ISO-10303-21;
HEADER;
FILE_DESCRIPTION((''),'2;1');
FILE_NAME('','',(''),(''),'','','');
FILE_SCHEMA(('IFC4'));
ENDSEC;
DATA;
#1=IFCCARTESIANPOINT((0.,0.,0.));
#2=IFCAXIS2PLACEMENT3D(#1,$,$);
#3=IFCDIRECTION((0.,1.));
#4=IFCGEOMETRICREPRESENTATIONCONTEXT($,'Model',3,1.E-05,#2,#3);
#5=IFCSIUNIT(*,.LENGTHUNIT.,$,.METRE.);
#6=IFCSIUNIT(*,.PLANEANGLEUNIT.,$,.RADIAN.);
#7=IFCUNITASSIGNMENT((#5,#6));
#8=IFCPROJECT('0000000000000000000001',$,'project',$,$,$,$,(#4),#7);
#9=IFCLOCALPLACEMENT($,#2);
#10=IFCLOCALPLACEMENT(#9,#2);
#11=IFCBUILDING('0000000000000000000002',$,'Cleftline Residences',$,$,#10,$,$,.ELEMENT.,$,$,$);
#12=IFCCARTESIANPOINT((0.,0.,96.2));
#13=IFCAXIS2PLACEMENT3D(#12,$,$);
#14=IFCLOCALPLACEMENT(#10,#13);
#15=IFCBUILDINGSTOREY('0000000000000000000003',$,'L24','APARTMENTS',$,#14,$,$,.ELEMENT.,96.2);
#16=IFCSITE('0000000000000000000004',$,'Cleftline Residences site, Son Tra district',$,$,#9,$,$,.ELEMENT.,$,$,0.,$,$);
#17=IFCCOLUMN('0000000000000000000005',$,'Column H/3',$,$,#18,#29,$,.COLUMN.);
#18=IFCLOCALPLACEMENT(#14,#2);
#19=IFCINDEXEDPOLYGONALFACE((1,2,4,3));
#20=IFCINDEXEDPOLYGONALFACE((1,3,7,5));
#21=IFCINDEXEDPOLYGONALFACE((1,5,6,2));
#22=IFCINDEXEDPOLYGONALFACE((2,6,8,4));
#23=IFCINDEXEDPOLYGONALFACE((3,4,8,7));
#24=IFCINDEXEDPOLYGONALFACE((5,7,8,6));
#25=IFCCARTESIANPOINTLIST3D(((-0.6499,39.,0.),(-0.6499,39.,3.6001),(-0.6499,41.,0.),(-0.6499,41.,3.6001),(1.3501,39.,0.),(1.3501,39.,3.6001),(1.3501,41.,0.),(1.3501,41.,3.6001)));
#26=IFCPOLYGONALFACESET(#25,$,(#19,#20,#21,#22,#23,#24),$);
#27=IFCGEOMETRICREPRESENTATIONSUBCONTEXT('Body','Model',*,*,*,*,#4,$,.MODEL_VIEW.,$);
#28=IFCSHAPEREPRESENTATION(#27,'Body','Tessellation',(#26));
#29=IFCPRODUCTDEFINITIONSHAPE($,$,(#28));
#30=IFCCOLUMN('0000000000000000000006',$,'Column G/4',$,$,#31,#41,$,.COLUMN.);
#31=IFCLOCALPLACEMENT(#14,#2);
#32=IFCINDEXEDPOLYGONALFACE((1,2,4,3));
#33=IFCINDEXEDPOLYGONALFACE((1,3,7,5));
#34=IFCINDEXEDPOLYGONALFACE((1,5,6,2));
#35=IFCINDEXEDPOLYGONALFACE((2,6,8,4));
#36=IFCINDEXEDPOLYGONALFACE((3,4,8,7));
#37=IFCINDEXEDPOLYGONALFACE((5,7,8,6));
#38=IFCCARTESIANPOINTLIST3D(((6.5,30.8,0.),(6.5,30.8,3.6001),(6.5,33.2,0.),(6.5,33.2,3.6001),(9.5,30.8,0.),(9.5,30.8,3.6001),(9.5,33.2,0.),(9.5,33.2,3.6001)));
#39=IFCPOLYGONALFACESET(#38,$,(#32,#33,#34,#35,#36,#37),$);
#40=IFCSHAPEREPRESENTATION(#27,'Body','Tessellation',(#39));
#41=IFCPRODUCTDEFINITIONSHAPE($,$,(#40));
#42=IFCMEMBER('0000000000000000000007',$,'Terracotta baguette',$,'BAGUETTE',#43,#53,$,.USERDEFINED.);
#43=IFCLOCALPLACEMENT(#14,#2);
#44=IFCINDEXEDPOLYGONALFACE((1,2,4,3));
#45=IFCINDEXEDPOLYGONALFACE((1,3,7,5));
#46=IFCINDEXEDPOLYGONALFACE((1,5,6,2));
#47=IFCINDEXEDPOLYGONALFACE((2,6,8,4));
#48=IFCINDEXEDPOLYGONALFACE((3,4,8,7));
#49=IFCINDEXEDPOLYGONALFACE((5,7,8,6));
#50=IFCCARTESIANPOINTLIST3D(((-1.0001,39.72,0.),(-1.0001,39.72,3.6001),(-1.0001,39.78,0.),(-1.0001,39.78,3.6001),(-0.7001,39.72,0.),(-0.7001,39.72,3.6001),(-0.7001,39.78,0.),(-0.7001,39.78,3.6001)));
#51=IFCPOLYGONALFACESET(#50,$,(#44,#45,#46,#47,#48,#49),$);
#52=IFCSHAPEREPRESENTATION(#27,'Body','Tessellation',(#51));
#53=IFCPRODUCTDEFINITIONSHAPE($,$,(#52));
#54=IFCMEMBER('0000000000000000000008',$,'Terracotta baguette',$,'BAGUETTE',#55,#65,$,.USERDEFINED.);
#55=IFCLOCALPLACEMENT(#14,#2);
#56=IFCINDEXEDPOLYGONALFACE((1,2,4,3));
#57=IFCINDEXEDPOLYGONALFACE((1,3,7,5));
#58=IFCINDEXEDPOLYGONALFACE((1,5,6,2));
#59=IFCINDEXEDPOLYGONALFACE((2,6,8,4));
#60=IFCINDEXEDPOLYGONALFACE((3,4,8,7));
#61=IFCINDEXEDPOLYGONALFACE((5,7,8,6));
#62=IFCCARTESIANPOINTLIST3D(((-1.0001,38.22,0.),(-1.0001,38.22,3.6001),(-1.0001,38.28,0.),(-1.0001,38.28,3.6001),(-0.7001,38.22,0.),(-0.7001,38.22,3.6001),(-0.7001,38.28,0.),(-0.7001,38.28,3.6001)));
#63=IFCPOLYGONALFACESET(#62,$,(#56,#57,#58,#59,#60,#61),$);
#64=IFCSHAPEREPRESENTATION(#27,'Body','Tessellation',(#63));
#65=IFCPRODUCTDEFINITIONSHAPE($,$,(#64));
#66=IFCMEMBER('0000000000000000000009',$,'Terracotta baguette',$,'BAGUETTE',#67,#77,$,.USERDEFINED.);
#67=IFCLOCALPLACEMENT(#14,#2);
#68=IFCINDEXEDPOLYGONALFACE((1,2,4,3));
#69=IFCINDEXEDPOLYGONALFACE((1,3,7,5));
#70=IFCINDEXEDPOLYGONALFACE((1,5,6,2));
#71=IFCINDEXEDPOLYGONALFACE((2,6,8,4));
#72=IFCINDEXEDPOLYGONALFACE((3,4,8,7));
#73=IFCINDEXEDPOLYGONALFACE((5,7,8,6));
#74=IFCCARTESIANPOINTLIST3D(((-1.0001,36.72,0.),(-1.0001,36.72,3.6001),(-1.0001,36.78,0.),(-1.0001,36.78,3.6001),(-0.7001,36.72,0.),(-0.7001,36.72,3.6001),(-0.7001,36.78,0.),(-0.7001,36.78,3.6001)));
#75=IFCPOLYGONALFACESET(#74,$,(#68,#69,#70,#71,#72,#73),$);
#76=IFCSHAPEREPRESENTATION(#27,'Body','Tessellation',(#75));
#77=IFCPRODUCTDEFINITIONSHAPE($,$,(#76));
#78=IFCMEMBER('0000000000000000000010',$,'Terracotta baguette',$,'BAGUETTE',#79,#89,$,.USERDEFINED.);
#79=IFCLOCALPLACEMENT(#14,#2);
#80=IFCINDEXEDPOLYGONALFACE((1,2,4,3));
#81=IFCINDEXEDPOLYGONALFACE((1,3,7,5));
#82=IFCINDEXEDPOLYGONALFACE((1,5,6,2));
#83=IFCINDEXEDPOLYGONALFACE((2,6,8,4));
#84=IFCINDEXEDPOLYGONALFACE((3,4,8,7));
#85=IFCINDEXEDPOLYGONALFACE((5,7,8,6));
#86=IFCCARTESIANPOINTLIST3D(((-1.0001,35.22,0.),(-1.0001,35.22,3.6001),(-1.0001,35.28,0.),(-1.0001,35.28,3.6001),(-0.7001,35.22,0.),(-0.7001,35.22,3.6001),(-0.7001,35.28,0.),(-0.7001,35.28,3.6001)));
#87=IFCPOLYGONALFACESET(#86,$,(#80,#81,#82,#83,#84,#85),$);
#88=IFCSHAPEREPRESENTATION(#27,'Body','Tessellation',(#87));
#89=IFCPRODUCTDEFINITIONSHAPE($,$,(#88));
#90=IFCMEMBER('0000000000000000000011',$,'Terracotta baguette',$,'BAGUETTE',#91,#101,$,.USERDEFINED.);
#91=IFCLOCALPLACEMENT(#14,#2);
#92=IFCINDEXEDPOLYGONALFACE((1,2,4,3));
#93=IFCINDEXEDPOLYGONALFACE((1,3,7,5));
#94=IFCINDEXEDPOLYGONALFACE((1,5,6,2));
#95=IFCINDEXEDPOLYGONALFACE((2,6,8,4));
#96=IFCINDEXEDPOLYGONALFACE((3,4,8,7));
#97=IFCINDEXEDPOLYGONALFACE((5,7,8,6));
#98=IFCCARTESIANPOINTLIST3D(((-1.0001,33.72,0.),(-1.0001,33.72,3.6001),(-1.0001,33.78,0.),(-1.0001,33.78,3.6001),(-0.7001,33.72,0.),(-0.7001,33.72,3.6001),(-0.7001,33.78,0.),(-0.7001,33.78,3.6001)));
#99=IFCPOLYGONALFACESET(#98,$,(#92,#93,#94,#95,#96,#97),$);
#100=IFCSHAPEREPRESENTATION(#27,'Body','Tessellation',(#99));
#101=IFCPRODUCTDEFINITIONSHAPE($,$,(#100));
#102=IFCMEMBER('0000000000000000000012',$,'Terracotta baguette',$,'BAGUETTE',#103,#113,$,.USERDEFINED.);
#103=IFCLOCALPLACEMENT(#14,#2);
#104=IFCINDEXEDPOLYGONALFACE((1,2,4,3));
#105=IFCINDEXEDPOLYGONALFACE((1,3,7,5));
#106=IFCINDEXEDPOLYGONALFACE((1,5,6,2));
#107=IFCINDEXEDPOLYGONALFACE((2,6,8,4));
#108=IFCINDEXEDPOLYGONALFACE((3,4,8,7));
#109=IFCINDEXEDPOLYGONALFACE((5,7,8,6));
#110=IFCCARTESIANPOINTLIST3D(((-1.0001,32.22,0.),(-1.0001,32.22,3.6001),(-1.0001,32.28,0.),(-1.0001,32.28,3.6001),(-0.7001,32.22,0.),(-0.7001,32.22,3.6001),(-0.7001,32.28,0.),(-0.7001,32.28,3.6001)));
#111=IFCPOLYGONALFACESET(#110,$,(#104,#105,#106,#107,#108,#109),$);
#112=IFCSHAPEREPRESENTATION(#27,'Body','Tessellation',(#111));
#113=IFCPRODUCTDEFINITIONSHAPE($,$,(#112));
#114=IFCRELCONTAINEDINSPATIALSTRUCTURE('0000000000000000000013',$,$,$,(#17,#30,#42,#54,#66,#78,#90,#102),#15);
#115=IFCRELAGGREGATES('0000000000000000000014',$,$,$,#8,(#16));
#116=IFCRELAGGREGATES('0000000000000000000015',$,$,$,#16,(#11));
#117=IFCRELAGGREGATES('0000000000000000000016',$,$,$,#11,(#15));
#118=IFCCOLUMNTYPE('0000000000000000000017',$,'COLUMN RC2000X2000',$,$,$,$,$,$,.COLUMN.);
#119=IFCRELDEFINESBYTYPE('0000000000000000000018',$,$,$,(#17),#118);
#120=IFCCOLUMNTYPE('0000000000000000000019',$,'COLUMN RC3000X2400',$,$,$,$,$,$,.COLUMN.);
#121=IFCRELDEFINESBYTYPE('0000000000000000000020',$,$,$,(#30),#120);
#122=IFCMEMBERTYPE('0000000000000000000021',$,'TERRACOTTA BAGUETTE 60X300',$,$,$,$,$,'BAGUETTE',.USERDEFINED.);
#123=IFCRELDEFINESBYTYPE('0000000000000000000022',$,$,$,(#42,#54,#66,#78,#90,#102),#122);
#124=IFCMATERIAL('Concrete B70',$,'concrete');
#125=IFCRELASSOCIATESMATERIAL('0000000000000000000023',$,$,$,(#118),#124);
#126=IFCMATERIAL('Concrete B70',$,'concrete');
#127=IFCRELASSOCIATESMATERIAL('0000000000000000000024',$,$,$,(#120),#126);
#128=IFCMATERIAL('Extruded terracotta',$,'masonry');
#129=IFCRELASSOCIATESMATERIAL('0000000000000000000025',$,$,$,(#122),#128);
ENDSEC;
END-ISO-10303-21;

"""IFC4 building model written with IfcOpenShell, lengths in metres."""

from ifc_helpers import new_model, si_unit, direction, frame, origin, origin_2d, place, context, subcontext, project, spatial, rectangle, extrude, material, material_profile, profile_set, type_object, element, save


model = new_model("IFC4")

# Units and contexts
model_context = context("Model", 3, precision=1e-05, world=origin(), true_north=direction((0.0, 1.0)))
body_context = subcontext(model_context, "Body", "Model", "MODEL_VIEW")
ifc_project = project(units=[si_unit("LENGTHUNIT", "METRE"), si_unit("PLANEANGLEUNIT", "RADIAN")], contexts=[model_context])

# Site, building, storey
site_placement = place(None, origin())
site = spatial("IfcSite", under=ifc_project, at=site_placement, Name="Cleftline Residences site, Son Tra district", CompositionType="ELEMENT", RefElevation=0.0)
building_placement = place(site_placement, origin())
building = spatial("IfcBuilding", under=site, at=building_placement, Name="Cleftline Residences", CompositionType="ELEMENT")
storey_placement = place(building_placement, frame((0.0, 0.0, 96.2)))
storey = spatial("IfcBuildingStorey", under=building, at=storey_placement, Name="L24", Description="APARTMENTS", CompositionType="ELEMENT", Elevation=96.2)

# Columns
ifc_material_1 = material(Name="Concrete B70", Category="concrete")
ifc_material_profile_1 = material_profile(ifc_material_1, rectangle(XDim=2.0, YDim=2.0, at=origin_2d()))
ifc_profile_set_1 = profile_set([ifc_material_profile_1], Name="Concrete B70")
column_type_1 = type_object("IfcColumnType", Name="COLUMN RC2000X2000", PredefinedType="COLUMN", material=ifc_profile_set_1)
column_1_placement = place(storey_placement, frame((0.3501, 40.0, 0.0), z_axis=(0.0, 0.0, 1.0), x_axis=(1.0, 0.0, 0.0)))
element("IfcColumn", 1, at=column_1_placement, inside=storey, type_object=column_type_1, Name="Column H/3", PredefinedType="COLUMN", context=body_context, shape_type="SweptSolid", body=[
    extrude(rectangle(XDim=2.0, YDim=2.0, at=origin_2d()), origin(), (0.0, 0.0, 1.0), 3.6001),
])
ifc_material_2 = material(Name="Concrete B70", Category="concrete")
ifc_material_profile_2 = material_profile(ifc_material_2, rectangle(XDim=3.0, YDim=2.3999, at=origin_2d()))
ifc_profile_set_2 = profile_set([ifc_material_profile_2], Name="Concrete B70")
column_type_2 = type_object("IfcColumnType", Name="COLUMN RC3000X2400", PredefinedType="COLUMN", material=ifc_profile_set_2)
column_2_placement = place(storey_placement, frame((8.0, 32.0, 0.0), z_axis=(0.0, 0.0, 1.0), x_axis=(1.0, 0.0, 0.0)))
element("IfcColumn", 2, at=column_2_placement, inside=storey, type_object=column_type_2, Name="Column G/4", PredefinedType="COLUMN", context=body_context, shape_type="SweptSolid", body=[
    extrude(rectangle(XDim=3.0, YDim=2.3999, at=origin_2d()), origin(), (0.0, 0.0, 1.0), 3.6001),
])

# Members
ifc_material_3 = material(Name="Extruded terracotta", Category="masonry")
ifc_material_profile_3 = material_profile(ifc_material_3, rectangle(XDim=0.0601, YDim=0.3, at=origin_2d()))
ifc_profile_set_3 = profile_set([ifc_material_profile_3], Name="Extruded terracotta")
member_type = type_object("IfcMemberType", Name="TERRACOTTA BAGUETTE 60X300", ElementType="BAGUETTE", PredefinedType="USERDEFINED", material=ifc_profile_set_3)
for number, where, z_axis, x_axis, name in (
    (3, (-0.8501, 39.75, 0.0), (0.0, 0.0, 1.0), (0.0, 1.0, 0.0), "Terracotta baguette"),
    (4, (-0.8501, 38.25, 0.0), (0.0, 0.0, 1.0), (0.0, 1.0, 0.0), "Terracotta baguette"),
    (5, (-0.8501, 36.75, 0.0), (0.0, 0.0, 1.0), (0.0, 1.0, 0.0), "Terracotta baguette"),
    (6, (-0.8501, 35.25, 0.0), (0.0, 0.0, 1.0), (0.0, 1.0, 0.0), "Terracotta baguette"),
    (7, (-0.8501, 33.75, 0.0), (0.0, 0.0, 1.0), (0.0, 1.0, 0.0), "Terracotta baguette"),
    (8, (-0.8501, 32.25, 0.0), (0.0, 0.0, 1.0), (0.0, 1.0, 0.0), "Terracotta baguette"),
):
    element("IfcMember", number, at=place(storey_placement, frame(where, z_axis=z_axis, x_axis=x_axis)), inside=storey, type_object=member_type, Name=name, ObjectType="BAGUETTE", PredefinedType="USERDEFINED", context=body_context, shape_type="SweptSolid", body=[
        extrude(rectangle(XDim=0.0601, YDim=0.3, at=origin_2d()), origin(), (0.0, 0.0, 1.0), 3.6001),
    ])

save(model, "model.ifc")
